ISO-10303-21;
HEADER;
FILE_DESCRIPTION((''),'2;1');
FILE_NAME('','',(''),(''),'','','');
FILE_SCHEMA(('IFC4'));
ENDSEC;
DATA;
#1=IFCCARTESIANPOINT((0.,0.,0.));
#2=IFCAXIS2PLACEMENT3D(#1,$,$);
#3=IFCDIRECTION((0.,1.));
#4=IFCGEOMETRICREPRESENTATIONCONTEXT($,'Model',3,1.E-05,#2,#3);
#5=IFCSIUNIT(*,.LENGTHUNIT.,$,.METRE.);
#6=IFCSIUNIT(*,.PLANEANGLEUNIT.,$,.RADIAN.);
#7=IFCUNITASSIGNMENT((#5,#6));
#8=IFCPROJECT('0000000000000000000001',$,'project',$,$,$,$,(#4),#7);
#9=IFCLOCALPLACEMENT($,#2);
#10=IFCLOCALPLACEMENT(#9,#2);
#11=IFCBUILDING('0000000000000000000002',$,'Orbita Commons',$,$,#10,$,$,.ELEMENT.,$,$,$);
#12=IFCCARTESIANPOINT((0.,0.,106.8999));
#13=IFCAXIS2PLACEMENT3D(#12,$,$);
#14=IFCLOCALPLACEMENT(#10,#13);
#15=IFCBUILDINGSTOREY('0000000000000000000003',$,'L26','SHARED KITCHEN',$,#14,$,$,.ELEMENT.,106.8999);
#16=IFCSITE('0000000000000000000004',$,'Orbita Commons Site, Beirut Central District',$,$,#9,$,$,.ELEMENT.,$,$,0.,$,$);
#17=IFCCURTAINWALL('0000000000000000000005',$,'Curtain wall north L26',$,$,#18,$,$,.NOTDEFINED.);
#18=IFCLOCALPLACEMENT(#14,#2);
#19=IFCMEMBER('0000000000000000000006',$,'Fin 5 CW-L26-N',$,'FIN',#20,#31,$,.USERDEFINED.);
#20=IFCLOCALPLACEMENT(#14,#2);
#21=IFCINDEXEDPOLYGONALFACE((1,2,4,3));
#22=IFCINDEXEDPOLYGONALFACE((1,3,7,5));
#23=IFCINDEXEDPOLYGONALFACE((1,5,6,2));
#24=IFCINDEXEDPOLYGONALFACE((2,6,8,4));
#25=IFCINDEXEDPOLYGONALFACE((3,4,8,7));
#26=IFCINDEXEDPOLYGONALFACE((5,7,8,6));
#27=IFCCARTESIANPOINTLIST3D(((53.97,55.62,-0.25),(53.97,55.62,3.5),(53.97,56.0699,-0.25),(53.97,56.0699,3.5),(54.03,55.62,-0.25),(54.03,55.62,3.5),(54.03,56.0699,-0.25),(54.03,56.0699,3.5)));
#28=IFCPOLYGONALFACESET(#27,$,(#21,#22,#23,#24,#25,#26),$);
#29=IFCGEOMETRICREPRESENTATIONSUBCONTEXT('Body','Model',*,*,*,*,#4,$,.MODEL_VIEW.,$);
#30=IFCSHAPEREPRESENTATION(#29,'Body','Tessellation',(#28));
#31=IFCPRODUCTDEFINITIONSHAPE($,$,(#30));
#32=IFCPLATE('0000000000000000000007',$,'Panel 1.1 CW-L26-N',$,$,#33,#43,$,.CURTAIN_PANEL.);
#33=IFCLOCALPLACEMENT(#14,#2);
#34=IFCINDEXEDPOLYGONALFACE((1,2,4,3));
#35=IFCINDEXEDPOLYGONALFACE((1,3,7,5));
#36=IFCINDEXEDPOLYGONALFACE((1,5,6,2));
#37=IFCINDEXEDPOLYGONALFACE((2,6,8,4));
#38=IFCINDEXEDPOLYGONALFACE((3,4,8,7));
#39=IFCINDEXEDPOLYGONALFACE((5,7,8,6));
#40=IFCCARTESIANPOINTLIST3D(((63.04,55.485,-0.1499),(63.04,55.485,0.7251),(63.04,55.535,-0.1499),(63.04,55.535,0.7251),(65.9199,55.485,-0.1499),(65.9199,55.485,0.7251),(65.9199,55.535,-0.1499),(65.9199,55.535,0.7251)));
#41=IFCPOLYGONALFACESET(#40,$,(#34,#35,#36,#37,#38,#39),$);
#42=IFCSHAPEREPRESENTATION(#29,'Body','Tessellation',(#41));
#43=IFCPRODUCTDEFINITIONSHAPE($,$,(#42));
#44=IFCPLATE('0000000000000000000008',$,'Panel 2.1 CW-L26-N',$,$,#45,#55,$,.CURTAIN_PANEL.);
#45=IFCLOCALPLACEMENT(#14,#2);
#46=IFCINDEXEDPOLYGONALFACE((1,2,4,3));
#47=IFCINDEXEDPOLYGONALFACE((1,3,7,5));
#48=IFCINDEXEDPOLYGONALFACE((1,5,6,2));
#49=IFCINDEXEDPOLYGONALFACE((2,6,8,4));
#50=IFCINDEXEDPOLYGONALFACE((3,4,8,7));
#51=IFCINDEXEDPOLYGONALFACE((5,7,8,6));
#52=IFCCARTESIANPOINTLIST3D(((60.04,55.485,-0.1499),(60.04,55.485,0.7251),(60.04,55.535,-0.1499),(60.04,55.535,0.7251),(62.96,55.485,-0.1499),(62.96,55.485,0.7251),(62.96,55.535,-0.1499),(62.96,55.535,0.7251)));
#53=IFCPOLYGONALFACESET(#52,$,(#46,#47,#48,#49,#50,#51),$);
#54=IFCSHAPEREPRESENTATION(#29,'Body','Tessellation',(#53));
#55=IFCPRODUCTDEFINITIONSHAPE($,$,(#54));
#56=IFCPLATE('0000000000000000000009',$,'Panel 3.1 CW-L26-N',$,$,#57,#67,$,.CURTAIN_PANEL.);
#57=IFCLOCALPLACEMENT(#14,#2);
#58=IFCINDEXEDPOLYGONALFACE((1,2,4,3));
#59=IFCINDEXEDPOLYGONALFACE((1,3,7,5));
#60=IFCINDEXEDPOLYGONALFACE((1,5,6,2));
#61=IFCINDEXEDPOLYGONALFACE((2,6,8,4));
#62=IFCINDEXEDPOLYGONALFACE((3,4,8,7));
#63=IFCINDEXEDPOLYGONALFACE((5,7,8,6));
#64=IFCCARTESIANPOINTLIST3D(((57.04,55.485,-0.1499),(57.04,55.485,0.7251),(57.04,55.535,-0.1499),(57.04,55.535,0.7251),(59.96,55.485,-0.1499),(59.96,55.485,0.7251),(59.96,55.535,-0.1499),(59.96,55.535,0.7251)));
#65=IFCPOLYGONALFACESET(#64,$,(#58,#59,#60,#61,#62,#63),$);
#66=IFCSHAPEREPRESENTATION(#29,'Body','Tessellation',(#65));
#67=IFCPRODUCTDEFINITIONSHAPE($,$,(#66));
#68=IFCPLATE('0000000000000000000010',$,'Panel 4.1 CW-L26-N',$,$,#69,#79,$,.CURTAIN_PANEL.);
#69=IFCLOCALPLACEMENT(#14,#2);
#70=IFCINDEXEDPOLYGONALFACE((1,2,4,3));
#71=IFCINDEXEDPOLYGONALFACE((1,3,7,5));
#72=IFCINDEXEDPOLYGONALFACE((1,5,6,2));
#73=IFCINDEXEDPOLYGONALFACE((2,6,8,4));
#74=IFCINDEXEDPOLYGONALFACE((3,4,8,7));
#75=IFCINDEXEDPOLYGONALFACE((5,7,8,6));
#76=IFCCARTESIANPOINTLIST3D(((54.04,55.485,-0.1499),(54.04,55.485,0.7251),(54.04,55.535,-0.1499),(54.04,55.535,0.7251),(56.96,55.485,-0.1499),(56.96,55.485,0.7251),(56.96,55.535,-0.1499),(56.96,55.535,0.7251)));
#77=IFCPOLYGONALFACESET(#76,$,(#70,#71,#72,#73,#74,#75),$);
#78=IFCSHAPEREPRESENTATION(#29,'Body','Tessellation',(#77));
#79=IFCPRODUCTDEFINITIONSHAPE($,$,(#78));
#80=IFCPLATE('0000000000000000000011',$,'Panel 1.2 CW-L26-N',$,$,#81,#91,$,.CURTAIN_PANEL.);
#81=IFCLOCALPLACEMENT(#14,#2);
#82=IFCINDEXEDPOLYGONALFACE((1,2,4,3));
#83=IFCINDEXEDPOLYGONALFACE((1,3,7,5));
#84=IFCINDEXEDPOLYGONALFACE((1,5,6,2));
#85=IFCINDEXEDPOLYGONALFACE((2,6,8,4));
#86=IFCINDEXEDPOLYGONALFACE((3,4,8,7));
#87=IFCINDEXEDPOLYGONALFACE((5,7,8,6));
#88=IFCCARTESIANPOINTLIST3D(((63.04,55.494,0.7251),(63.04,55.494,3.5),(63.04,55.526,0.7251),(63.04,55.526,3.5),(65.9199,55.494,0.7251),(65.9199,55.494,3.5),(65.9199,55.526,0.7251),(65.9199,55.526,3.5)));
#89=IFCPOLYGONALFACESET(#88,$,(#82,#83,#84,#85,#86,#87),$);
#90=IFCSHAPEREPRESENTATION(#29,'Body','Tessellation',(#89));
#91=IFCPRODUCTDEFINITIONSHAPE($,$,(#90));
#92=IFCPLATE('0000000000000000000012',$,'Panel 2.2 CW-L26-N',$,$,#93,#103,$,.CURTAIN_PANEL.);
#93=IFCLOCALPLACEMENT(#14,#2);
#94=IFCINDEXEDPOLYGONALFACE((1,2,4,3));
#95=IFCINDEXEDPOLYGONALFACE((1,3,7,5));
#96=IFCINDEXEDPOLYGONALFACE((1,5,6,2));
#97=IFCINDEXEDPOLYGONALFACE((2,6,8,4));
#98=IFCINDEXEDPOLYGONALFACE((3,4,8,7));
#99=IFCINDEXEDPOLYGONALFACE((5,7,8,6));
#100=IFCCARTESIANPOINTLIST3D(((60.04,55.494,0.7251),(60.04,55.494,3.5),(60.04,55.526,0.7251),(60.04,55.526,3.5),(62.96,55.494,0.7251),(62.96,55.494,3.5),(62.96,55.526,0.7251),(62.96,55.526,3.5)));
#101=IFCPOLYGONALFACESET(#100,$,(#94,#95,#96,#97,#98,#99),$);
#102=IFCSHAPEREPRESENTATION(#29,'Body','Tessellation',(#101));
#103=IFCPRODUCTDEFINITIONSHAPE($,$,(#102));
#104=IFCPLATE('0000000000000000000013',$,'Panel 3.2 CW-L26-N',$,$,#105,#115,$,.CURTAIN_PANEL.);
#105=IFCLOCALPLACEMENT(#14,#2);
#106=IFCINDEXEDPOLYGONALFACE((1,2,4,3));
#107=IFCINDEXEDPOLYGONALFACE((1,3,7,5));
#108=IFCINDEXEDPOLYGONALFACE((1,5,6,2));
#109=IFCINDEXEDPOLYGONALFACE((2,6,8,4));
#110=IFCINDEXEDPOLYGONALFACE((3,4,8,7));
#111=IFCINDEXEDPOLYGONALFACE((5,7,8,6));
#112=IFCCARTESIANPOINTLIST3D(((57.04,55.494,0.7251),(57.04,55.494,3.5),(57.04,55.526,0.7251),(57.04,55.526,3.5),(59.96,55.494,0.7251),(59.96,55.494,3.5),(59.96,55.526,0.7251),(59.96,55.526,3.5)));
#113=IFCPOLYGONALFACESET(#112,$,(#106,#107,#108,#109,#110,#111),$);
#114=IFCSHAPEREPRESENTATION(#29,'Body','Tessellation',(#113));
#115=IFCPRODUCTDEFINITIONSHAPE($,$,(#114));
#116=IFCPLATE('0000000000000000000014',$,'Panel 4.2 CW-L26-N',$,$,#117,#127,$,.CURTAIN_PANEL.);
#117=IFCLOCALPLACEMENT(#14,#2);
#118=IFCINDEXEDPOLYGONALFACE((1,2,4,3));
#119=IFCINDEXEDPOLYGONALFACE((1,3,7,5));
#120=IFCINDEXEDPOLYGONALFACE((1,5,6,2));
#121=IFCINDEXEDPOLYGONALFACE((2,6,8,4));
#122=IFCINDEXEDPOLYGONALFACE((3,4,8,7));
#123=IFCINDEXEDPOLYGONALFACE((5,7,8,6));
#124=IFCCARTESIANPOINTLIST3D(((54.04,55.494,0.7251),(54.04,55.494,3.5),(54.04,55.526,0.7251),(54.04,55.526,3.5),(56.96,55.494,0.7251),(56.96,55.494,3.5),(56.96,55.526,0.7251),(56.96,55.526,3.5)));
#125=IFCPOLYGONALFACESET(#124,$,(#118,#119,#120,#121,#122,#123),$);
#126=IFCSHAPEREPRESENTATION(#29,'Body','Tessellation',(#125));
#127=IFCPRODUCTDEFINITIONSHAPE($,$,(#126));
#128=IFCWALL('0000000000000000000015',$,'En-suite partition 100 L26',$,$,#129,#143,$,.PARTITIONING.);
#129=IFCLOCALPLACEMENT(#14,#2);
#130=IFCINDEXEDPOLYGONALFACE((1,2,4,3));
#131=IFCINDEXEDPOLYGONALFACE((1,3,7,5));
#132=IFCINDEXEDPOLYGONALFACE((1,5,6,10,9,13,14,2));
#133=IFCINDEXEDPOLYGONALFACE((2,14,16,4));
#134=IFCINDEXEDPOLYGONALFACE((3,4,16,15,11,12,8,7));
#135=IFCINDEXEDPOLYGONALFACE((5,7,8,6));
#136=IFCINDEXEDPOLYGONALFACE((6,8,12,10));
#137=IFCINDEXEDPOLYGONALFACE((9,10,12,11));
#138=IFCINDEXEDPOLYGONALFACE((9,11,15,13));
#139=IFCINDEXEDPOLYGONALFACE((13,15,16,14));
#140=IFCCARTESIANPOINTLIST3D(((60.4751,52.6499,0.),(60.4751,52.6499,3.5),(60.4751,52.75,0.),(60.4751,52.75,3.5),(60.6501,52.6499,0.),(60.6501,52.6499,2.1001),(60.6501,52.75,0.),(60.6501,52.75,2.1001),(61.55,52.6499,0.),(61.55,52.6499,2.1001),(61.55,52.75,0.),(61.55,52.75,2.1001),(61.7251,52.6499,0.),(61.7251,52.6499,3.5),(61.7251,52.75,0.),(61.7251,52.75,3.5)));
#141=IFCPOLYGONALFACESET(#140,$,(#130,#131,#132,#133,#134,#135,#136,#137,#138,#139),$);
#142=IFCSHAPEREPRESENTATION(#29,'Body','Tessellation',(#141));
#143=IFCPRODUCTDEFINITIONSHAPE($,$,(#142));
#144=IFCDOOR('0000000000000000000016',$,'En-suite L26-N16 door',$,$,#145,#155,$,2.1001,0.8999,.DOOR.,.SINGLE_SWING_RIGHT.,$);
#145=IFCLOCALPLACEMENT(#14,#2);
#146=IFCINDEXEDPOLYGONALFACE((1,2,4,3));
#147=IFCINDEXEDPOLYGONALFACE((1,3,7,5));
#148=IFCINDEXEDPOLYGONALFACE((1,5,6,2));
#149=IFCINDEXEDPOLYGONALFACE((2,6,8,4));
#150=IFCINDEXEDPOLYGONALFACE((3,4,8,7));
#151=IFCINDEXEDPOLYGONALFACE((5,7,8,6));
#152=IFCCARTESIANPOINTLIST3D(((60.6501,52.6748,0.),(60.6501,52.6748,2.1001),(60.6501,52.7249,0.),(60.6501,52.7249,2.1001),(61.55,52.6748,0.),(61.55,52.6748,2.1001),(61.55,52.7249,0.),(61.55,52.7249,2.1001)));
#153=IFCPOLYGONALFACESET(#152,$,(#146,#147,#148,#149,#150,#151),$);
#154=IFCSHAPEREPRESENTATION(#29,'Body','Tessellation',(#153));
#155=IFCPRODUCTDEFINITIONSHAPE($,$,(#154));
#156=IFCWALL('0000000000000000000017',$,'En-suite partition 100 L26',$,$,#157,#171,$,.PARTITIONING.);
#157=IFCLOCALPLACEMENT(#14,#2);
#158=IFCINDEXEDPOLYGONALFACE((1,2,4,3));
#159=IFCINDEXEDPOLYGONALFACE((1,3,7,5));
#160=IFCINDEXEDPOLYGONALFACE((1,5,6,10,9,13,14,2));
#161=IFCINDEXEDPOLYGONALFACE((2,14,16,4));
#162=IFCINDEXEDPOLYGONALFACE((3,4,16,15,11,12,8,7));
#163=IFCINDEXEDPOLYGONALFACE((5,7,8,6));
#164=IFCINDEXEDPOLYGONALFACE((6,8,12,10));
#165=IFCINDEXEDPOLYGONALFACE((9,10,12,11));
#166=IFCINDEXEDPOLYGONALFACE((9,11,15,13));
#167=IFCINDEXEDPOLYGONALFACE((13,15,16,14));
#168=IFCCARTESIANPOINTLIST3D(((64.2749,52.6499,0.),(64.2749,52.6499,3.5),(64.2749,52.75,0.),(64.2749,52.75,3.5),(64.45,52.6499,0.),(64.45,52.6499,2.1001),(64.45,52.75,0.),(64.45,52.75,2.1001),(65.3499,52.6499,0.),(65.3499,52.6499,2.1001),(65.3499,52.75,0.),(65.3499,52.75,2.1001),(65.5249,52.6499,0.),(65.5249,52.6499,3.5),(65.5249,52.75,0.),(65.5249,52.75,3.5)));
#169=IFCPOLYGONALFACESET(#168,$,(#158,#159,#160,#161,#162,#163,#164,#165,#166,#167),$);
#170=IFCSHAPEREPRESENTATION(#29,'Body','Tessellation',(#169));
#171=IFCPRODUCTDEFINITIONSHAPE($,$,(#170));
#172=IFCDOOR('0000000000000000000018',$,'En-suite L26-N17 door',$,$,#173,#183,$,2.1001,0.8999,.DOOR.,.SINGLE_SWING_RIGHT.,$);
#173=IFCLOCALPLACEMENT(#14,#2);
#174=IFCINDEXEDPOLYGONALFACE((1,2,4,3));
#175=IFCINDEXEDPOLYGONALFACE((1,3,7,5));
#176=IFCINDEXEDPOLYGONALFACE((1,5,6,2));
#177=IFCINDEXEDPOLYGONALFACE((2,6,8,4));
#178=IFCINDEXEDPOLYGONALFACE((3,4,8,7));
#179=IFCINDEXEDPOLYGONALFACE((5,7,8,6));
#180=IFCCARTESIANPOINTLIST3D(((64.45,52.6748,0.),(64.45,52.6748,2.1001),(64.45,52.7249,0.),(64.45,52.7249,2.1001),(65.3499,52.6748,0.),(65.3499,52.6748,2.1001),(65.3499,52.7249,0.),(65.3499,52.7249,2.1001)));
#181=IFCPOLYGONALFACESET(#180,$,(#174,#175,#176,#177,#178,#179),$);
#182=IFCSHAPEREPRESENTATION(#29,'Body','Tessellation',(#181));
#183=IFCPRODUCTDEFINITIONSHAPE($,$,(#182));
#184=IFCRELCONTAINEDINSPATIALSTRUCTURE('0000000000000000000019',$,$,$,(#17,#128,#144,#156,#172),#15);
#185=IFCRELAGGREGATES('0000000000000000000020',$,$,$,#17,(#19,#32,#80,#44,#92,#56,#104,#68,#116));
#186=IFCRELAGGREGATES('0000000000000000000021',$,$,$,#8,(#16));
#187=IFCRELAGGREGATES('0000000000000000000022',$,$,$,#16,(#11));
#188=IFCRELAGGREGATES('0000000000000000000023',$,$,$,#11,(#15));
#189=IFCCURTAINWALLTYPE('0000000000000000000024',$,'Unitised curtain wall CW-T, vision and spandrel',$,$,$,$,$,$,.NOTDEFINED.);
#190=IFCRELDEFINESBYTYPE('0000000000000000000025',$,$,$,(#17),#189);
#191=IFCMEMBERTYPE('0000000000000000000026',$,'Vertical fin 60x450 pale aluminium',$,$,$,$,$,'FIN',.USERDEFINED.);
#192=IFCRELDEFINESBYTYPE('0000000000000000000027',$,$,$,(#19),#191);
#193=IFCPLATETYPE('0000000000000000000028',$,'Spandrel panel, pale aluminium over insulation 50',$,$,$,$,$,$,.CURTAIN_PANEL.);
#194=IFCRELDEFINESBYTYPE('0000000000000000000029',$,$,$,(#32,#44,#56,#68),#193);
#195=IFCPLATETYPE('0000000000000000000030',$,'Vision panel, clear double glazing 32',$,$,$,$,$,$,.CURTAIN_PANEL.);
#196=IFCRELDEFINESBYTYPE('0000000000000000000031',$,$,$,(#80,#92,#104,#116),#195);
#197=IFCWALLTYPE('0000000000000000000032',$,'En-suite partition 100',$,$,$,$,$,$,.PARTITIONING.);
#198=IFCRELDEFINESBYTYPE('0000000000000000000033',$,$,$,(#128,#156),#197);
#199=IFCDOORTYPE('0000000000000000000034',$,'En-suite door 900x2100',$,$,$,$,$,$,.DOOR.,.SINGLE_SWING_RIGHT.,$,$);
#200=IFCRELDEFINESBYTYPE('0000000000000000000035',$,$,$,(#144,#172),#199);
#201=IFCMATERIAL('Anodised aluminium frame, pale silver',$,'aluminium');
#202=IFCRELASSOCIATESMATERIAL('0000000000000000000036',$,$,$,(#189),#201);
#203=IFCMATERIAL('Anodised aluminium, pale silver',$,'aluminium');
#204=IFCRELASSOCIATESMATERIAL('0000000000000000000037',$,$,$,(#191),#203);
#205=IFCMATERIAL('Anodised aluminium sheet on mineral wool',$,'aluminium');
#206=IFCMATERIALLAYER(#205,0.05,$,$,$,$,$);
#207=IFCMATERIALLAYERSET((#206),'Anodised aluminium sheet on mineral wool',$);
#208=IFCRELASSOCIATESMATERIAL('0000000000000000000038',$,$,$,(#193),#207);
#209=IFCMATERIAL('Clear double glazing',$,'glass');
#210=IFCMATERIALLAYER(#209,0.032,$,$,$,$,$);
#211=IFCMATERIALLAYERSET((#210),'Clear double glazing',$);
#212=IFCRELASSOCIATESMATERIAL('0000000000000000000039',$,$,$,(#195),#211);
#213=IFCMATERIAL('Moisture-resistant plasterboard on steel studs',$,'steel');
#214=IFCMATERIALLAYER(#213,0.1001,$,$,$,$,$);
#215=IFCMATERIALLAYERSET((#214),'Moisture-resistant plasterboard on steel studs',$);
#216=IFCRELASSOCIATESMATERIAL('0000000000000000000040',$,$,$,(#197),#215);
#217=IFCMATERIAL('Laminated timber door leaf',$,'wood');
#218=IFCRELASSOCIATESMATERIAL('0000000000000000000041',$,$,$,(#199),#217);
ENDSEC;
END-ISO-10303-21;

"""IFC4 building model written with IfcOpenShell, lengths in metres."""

from ifc_helpers import new_model, si_unit, direction, frame, frame_2d, origin, origin_2d, place, context, subcontext, project, spatial, rectangle, extrude, material, layer, layer_set, material_profile, profile_set, type_object, element, fill, aggregate, save


model = new_model("IFC4")

# Units and contexts
model_context = context("Model", 3, precision=1e-05, world=origin(), true_north=direction((0.0, 1.0)))
body_context = subcontext(model_context, "Body", "Model", "MODEL_VIEW")
ifc_project = project(units=[si_unit("LENGTHUNIT", "METRE"), si_unit("PLANEANGLEUNIT", "RADIAN")], contexts=[model_context])

# Site, building, storey
site_placement = place(None, origin())
site = spatial("IfcSite", under=ifc_project, at=site_placement, Name="Orbita Commons Site, Beirut Central District", CompositionType="ELEMENT", RefElevation=0.0)
building_placement = place(site_placement, origin())
building = spatial("IfcBuilding", under=site, at=building_placement, Name="Orbita Commons", CompositionType="ELEMENT")
storey_placement = place(building_placement, frame((0.0, 0.0, 106.8999)))
storey = spatial("IfcBuildingStorey", under=building, at=storey_placement, Name="L26", Description="SHARED KITCHEN", CompositionType="ELEMENT", Elevation=106.8999)

# Curtain wall
ifc_material_1 = material(Name="Anodised aluminium frame, pale silver", Category="aluminium")
curtain_wall_type = type_object("IfcCurtainWallType", Name="Unitised curtain wall CW-T, vision and spandrel", PredefinedType="NOTDEFINED", material=ifc_material_1)
curtain_wall_placement = place(storey_placement, origin())
curtain_wall = element("IfcCurtainWall", 1, at=curtain_wall_placement, inside=storey, type_object=curtain_wall_type, Name="Curtain wall north L26", PredefinedType="NOTDEFINED")

# Member
ifc_material_2 = material(Name="Anodised aluminium, pale silver", Category="aluminium")
ifc_material_profile_1 = material_profile(ifc_material_2, rectangle(XDim=0.0601, YDim=0.45, at=origin_2d()), Name="FIN 60x450")
ifc_profile_set_1 = profile_set([ifc_material_profile_1], Name="Anodised aluminium, pale silver")
member_type_1 = type_object("IfcMemberType", Name="Vertical fin 60x450 pale aluminium", ElementType="FIN", PredefinedType="USERDEFINED", material=ifc_profile_set_1)
member_1_placement = place(storey_placement, frame((54.0, 55.845, -0.25), z_axis=(0.0, 0.0, 1.0), x_axis=(-1.0, 0.0, 0.0)))
member_1 = element("IfcMember", 2, at=member_1_placement, type_object=member_type_1, Name="Fin 5 CW-L26-N", ObjectType="FIN", PredefinedType="USERDEFINED", context=body_context, shape_type="SweptSolid", body=[
    extrude(rectangle(XDim=0.0601, YDim=0.45, at=origin_2d()), origin(), (0.0, 0.0, 1.0), 3.75),
])

# Plates
ifc_material_3 = material(Name="Anodised aluminium sheet on mineral wool", Category="aluminium")
ifc_layer_1 = layer(ifc_material_3, 0.05)
ifc_layer_set_1 = layer_set([ifc_layer_1], Name="Anodised aluminium sheet on mineral wool")
plate_type_1 = type_object("IfcPlateType", Name="Spandrel panel, pale aluminium over insulation 50", PredefinedType="CURTAIN_PANEL", material=ifc_layer_set_1)
plate_1_placement = place(storey_placement, frame((64.48, 55.51, -0.1499), z_axis=(0.0, 0.0, 1.0), x_axis=(-1.0, 0.0, 0.0)))
plate_1 = element("IfcPlate", 3, at=plate_1_placement, type_object=plate_type_1, Name="Panel 1.1 CW-L26-N", PredefinedType="CURTAIN_PANEL", context=body_context, shape_type="SweptSolid", body=[
    extrude(rectangle(XDim=2.8799, YDim=0.05, at=origin_2d()), origin(), (0.0, 0.0, 1.0), 0.875),
])
plate_2_placement = place(storey_placement, frame((61.5, 55.51, -0.1499), z_axis=(0.0, 0.0, 1.0), x_axis=(-1.0, 0.0, 0.0)))
plate_2 = element("IfcPlate", 4, at=plate_2_placement, type_object=plate_type_1, Name="Panel 2.1 CW-L26-N", PredefinedType="CURTAIN_PANEL", context=body_context, shape_type="SweptSolid", body=[
    extrude(rectangle(XDim=2.9199, YDim=0.05, at=origin_2d()), origin(), (0.0, 0.0, 1.0), 0.875),
])
plate_3_placement = place(storey_placement, frame((58.5, 55.51, -0.1499), z_axis=(0.0, 0.0, 1.0), x_axis=(-1.0, 0.0, 0.0)))
plate_3 = element("IfcPlate", 5, at=plate_3_placement, type_object=plate_type_1, Name="Panel 3.1 CW-L26-N", PredefinedType="CURTAIN_PANEL", context=body_context, shape_type="SweptSolid", body=[
    extrude(rectangle(XDim=2.9199, YDim=0.05, at=origin_2d()), origin(), (0.0, 0.0, 1.0), 0.875),
])
plate_4_placement = place(storey_placement, frame((55.5, 55.51, -0.1499), z_axis=(0.0, 0.0, 1.0), x_axis=(-1.0, 0.0, 0.0)))
plate_4 = element("IfcPlate", 6, at=plate_4_placement, type_object=plate_type_1, Name="Panel 4.1 CW-L26-N", PredefinedType="CURTAIN_PANEL", context=body_context, shape_type="SweptSolid", body=[
    extrude(rectangle(XDim=2.9199, YDim=0.05, at=origin_2d()), origin(), (0.0, 0.0, 1.0), 0.875),
])
ifc_material_4 = material(Name="Clear double glazing", Category="glass")
ifc_layer_2 = layer(ifc_material_4, 0.032)
ifc_layer_set_2 = layer_set([ifc_layer_2], Name="Clear double glazing")
plate_type_2 = type_object("IfcPlateType", Name="Vision panel, clear double glazing 32", PredefinedType="CURTAIN_PANEL", material=ifc_layer_set_2)
plate_5_placement = place(storey_placement, frame((64.48, 55.51, 0.7251), z_axis=(0.0, 0.0, 1.0), x_axis=(-1.0, 0.0, 0.0)))
plate_5 = element("IfcPlate", 7, at=plate_5_placement, type_object=plate_type_2, Name="Panel 1.2 CW-L26-N", PredefinedType="CURTAIN_PANEL", context=body_context, shape_type="SweptSolid", body=[
    extrude(rectangle(XDim=2.8799, YDim=0.032, at=origin_2d()), origin(), (0.0, 0.0, 1.0), 2.7749),
])
plate_6_placement = place(storey_placement, frame((61.5, 55.51, 0.7251), z_axis=(0.0, 0.0, 1.0), x_axis=(-1.0, 0.0, 0.0)))
plate_6 = element("IfcPlate", 8, at=plate_6_placement, type_object=plate_type_2, Name="Panel 2.2 CW-L26-N", PredefinedType="CURTAIN_PANEL", context=body_context, shape_type="SweptSolid", body=[
    extrude(rectangle(XDim=2.9199, YDim=0.032, at=origin_2d()), origin(), (0.0, 0.0, 1.0), 2.7749),
])
plate_7_placement = place(storey_placement, frame((58.5, 55.51, 0.7251), z_axis=(0.0, 0.0, 1.0), x_axis=(-1.0, 0.0, 0.0)))
plate_7 = element("IfcPlate", 9, at=plate_7_placement, type_object=plate_type_2, Name="Panel 3.2 CW-L26-N", PredefinedType="CURTAIN_PANEL", context=body_context, shape_type="SweptSolid", body=[
    extrude(rectangle(XDim=2.9199, YDim=0.032, at=origin_2d()), origin(), (0.0, 0.0, 1.0), 2.7749),
])
plate_8_placement = place(storey_placement, frame((55.5, 55.51, 0.7251), z_axis=(0.0, 0.0, 1.0), x_axis=(-1.0, 0.0, 0.0)))
plate_8 = element("IfcPlate", 10, at=plate_8_placement, type_object=plate_type_2, Name="Panel 4.2 CW-L26-N", PredefinedType="CURTAIN_PANEL", context=body_context, shape_type="SweptSolid", body=[
    extrude(rectangle(XDim=2.9199, YDim=0.032, at=origin_2d()), origin(), (0.0, 0.0, 1.0), 2.7749),
])
aggregate(curtain_wall, [member_1, plate_1, plate_5, plate_2, plate_6, plate_3, plate_7, plate_4, plate_8])

# Walls, openings, doors
ifc_material_5 = material(Name="Moisture-resistant plasterboard on steel studs", Category="steel")
ifc_layer_3 = layer(ifc_material_5, 0.1001)
ifc_layer_set_3 = layer_set([ifc_layer_3], Name="Moisture-resistant plasterboard on steel studs")
wall_type_1 = type_object("IfcWallType", Name="En-suite partition 100", PredefinedType="PARTITIONING", material=ifc_layer_set_3)
wall_1_placement = place(storey_placement, frame((60.4751, 52.7, 0.0), z_axis=(0.0, 0.0, 1.0), x_axis=(1.0, 0.0, 0.0)))
wall_1 = element("IfcWall", 11, at=wall_1_placement, inside=storey, type_object=wall_type_1, Name="En-suite partition 100 L26", PredefinedType="PARTITIONING", context=body_context, shape_type="SweptSolid", body=[
    extrude(rectangle(XDim=1.25, YDim=0.1001, at=frame_2d((0.625, 0.0))), origin(), (0.0, 0.0, 1.0), 3.5),
])
opening_1_placement = place(wall_1_placement, frame((0.175, 0.0, 0.0)))
opening_1 = element("IfcOpeningElement", 12, at=opening_1_placement, cuts=wall_1, PredefinedType="OPENING", context=body_context, shape_type="SweptSolid", body=[
    extrude(rectangle(XDim=0.8999, YDim=2.1001, at=frame_2d((0.45, 1.05))), frame((0.0, 0.0601, 0.0), z_axis=(0.0, -1.0, 0.0), x_axis=(1.0, 0.0, 0.0)), (0.0, 0.0, 1.0), 0.1201),
])
ifc_material_6 = material(Name="Laminated timber door leaf", Category="wood")
door_type = type_object("IfcDoorType", Name="En-suite door 900x2100", OperationType="SINGLE_SWING_RIGHT", PredefinedType="DOOR", material=ifc_material_6)
door_1_placement = place(opening_1_placement, origin())
door_1 = element("IfcDoor", 13, at=door_1_placement, inside=storey, type_object=door_type, Name="En-suite L26-N16 door", OperationType="SINGLE_SWING_RIGHT", OverallHeight=2.1001, OverallWidth=0.8999, PredefinedType="DOOR", context=body_context, shape_type="SweptSolid", body=[
    extrude(rectangle(XDim=0.8999, YDim=2.1001, at=frame_2d((0.45, 1.05))), frame((0.0, 0.0249, 0.0), z_axis=(0.0, -1.0, 0.0), x_axis=(1.0, 0.0, 0.0)), (0.0, 0.0, 1.0), 0.05),
])
fill(opening_1, door_1)
wall_2_placement = place(storey_placement, frame((64.2749, 52.7, 0.0), z_axis=(0.0, 0.0, 1.0), x_axis=(1.0, 0.0, 0.0)))
wall_2 = element("IfcWall", 14, at=wall_2_placement, inside=storey, type_object=wall_type_1, Name="En-suite partition 100 L26", PredefinedType="PARTITIONING", context=body_context, shape_type="SweptSolid", body=[
    extrude(rectangle(XDim=1.25, YDim=0.1001, at=frame_2d((0.625, 0.0))), origin(), (0.0, 0.0, 1.0), 3.5),
])
opening_2_placement = place(wall_2_placement, frame((0.175, 0.0, 0.0)))
opening_2 = element("IfcOpeningElement", 15, at=opening_2_placement, cuts=wall_2, PredefinedType="OPENING", context=body_context, shape_type="SweptSolid", body=[
    extrude(rectangle(XDim=0.8999, YDim=2.1001, at=frame_2d((0.45, 1.05))), frame((0.0, 0.0601, 0.0), z_axis=(0.0, -1.0, 0.0), x_axis=(1.0, 0.0, 0.0)), (0.0, 0.0, 1.0), 0.1201),
])
door_2_placement = place(opening_2_placement, origin())
door_2 = element("IfcDoor", 16, at=door_2_placement, inside=storey, type_object=door_type, Name="En-suite L26-N17 door", OperationType="SINGLE_SWING_RIGHT", OverallHeight=2.1001, OverallWidth=0.8999, PredefinedType="DOOR", context=body_context, shape_type="SweptSolid", body=[
    extrude(rectangle(XDim=0.8999, YDim=2.1001, at=frame_2d((0.45, 1.05))), frame((0.0, 0.0249, 0.0), z_axis=(0.0, -1.0, 0.0), x_axis=(1.0, 0.0, 0.0)), (0.0, 0.0, 1.0), 0.05),
])
fill(opening_2, door_2)

save(model, "model.ifc")
